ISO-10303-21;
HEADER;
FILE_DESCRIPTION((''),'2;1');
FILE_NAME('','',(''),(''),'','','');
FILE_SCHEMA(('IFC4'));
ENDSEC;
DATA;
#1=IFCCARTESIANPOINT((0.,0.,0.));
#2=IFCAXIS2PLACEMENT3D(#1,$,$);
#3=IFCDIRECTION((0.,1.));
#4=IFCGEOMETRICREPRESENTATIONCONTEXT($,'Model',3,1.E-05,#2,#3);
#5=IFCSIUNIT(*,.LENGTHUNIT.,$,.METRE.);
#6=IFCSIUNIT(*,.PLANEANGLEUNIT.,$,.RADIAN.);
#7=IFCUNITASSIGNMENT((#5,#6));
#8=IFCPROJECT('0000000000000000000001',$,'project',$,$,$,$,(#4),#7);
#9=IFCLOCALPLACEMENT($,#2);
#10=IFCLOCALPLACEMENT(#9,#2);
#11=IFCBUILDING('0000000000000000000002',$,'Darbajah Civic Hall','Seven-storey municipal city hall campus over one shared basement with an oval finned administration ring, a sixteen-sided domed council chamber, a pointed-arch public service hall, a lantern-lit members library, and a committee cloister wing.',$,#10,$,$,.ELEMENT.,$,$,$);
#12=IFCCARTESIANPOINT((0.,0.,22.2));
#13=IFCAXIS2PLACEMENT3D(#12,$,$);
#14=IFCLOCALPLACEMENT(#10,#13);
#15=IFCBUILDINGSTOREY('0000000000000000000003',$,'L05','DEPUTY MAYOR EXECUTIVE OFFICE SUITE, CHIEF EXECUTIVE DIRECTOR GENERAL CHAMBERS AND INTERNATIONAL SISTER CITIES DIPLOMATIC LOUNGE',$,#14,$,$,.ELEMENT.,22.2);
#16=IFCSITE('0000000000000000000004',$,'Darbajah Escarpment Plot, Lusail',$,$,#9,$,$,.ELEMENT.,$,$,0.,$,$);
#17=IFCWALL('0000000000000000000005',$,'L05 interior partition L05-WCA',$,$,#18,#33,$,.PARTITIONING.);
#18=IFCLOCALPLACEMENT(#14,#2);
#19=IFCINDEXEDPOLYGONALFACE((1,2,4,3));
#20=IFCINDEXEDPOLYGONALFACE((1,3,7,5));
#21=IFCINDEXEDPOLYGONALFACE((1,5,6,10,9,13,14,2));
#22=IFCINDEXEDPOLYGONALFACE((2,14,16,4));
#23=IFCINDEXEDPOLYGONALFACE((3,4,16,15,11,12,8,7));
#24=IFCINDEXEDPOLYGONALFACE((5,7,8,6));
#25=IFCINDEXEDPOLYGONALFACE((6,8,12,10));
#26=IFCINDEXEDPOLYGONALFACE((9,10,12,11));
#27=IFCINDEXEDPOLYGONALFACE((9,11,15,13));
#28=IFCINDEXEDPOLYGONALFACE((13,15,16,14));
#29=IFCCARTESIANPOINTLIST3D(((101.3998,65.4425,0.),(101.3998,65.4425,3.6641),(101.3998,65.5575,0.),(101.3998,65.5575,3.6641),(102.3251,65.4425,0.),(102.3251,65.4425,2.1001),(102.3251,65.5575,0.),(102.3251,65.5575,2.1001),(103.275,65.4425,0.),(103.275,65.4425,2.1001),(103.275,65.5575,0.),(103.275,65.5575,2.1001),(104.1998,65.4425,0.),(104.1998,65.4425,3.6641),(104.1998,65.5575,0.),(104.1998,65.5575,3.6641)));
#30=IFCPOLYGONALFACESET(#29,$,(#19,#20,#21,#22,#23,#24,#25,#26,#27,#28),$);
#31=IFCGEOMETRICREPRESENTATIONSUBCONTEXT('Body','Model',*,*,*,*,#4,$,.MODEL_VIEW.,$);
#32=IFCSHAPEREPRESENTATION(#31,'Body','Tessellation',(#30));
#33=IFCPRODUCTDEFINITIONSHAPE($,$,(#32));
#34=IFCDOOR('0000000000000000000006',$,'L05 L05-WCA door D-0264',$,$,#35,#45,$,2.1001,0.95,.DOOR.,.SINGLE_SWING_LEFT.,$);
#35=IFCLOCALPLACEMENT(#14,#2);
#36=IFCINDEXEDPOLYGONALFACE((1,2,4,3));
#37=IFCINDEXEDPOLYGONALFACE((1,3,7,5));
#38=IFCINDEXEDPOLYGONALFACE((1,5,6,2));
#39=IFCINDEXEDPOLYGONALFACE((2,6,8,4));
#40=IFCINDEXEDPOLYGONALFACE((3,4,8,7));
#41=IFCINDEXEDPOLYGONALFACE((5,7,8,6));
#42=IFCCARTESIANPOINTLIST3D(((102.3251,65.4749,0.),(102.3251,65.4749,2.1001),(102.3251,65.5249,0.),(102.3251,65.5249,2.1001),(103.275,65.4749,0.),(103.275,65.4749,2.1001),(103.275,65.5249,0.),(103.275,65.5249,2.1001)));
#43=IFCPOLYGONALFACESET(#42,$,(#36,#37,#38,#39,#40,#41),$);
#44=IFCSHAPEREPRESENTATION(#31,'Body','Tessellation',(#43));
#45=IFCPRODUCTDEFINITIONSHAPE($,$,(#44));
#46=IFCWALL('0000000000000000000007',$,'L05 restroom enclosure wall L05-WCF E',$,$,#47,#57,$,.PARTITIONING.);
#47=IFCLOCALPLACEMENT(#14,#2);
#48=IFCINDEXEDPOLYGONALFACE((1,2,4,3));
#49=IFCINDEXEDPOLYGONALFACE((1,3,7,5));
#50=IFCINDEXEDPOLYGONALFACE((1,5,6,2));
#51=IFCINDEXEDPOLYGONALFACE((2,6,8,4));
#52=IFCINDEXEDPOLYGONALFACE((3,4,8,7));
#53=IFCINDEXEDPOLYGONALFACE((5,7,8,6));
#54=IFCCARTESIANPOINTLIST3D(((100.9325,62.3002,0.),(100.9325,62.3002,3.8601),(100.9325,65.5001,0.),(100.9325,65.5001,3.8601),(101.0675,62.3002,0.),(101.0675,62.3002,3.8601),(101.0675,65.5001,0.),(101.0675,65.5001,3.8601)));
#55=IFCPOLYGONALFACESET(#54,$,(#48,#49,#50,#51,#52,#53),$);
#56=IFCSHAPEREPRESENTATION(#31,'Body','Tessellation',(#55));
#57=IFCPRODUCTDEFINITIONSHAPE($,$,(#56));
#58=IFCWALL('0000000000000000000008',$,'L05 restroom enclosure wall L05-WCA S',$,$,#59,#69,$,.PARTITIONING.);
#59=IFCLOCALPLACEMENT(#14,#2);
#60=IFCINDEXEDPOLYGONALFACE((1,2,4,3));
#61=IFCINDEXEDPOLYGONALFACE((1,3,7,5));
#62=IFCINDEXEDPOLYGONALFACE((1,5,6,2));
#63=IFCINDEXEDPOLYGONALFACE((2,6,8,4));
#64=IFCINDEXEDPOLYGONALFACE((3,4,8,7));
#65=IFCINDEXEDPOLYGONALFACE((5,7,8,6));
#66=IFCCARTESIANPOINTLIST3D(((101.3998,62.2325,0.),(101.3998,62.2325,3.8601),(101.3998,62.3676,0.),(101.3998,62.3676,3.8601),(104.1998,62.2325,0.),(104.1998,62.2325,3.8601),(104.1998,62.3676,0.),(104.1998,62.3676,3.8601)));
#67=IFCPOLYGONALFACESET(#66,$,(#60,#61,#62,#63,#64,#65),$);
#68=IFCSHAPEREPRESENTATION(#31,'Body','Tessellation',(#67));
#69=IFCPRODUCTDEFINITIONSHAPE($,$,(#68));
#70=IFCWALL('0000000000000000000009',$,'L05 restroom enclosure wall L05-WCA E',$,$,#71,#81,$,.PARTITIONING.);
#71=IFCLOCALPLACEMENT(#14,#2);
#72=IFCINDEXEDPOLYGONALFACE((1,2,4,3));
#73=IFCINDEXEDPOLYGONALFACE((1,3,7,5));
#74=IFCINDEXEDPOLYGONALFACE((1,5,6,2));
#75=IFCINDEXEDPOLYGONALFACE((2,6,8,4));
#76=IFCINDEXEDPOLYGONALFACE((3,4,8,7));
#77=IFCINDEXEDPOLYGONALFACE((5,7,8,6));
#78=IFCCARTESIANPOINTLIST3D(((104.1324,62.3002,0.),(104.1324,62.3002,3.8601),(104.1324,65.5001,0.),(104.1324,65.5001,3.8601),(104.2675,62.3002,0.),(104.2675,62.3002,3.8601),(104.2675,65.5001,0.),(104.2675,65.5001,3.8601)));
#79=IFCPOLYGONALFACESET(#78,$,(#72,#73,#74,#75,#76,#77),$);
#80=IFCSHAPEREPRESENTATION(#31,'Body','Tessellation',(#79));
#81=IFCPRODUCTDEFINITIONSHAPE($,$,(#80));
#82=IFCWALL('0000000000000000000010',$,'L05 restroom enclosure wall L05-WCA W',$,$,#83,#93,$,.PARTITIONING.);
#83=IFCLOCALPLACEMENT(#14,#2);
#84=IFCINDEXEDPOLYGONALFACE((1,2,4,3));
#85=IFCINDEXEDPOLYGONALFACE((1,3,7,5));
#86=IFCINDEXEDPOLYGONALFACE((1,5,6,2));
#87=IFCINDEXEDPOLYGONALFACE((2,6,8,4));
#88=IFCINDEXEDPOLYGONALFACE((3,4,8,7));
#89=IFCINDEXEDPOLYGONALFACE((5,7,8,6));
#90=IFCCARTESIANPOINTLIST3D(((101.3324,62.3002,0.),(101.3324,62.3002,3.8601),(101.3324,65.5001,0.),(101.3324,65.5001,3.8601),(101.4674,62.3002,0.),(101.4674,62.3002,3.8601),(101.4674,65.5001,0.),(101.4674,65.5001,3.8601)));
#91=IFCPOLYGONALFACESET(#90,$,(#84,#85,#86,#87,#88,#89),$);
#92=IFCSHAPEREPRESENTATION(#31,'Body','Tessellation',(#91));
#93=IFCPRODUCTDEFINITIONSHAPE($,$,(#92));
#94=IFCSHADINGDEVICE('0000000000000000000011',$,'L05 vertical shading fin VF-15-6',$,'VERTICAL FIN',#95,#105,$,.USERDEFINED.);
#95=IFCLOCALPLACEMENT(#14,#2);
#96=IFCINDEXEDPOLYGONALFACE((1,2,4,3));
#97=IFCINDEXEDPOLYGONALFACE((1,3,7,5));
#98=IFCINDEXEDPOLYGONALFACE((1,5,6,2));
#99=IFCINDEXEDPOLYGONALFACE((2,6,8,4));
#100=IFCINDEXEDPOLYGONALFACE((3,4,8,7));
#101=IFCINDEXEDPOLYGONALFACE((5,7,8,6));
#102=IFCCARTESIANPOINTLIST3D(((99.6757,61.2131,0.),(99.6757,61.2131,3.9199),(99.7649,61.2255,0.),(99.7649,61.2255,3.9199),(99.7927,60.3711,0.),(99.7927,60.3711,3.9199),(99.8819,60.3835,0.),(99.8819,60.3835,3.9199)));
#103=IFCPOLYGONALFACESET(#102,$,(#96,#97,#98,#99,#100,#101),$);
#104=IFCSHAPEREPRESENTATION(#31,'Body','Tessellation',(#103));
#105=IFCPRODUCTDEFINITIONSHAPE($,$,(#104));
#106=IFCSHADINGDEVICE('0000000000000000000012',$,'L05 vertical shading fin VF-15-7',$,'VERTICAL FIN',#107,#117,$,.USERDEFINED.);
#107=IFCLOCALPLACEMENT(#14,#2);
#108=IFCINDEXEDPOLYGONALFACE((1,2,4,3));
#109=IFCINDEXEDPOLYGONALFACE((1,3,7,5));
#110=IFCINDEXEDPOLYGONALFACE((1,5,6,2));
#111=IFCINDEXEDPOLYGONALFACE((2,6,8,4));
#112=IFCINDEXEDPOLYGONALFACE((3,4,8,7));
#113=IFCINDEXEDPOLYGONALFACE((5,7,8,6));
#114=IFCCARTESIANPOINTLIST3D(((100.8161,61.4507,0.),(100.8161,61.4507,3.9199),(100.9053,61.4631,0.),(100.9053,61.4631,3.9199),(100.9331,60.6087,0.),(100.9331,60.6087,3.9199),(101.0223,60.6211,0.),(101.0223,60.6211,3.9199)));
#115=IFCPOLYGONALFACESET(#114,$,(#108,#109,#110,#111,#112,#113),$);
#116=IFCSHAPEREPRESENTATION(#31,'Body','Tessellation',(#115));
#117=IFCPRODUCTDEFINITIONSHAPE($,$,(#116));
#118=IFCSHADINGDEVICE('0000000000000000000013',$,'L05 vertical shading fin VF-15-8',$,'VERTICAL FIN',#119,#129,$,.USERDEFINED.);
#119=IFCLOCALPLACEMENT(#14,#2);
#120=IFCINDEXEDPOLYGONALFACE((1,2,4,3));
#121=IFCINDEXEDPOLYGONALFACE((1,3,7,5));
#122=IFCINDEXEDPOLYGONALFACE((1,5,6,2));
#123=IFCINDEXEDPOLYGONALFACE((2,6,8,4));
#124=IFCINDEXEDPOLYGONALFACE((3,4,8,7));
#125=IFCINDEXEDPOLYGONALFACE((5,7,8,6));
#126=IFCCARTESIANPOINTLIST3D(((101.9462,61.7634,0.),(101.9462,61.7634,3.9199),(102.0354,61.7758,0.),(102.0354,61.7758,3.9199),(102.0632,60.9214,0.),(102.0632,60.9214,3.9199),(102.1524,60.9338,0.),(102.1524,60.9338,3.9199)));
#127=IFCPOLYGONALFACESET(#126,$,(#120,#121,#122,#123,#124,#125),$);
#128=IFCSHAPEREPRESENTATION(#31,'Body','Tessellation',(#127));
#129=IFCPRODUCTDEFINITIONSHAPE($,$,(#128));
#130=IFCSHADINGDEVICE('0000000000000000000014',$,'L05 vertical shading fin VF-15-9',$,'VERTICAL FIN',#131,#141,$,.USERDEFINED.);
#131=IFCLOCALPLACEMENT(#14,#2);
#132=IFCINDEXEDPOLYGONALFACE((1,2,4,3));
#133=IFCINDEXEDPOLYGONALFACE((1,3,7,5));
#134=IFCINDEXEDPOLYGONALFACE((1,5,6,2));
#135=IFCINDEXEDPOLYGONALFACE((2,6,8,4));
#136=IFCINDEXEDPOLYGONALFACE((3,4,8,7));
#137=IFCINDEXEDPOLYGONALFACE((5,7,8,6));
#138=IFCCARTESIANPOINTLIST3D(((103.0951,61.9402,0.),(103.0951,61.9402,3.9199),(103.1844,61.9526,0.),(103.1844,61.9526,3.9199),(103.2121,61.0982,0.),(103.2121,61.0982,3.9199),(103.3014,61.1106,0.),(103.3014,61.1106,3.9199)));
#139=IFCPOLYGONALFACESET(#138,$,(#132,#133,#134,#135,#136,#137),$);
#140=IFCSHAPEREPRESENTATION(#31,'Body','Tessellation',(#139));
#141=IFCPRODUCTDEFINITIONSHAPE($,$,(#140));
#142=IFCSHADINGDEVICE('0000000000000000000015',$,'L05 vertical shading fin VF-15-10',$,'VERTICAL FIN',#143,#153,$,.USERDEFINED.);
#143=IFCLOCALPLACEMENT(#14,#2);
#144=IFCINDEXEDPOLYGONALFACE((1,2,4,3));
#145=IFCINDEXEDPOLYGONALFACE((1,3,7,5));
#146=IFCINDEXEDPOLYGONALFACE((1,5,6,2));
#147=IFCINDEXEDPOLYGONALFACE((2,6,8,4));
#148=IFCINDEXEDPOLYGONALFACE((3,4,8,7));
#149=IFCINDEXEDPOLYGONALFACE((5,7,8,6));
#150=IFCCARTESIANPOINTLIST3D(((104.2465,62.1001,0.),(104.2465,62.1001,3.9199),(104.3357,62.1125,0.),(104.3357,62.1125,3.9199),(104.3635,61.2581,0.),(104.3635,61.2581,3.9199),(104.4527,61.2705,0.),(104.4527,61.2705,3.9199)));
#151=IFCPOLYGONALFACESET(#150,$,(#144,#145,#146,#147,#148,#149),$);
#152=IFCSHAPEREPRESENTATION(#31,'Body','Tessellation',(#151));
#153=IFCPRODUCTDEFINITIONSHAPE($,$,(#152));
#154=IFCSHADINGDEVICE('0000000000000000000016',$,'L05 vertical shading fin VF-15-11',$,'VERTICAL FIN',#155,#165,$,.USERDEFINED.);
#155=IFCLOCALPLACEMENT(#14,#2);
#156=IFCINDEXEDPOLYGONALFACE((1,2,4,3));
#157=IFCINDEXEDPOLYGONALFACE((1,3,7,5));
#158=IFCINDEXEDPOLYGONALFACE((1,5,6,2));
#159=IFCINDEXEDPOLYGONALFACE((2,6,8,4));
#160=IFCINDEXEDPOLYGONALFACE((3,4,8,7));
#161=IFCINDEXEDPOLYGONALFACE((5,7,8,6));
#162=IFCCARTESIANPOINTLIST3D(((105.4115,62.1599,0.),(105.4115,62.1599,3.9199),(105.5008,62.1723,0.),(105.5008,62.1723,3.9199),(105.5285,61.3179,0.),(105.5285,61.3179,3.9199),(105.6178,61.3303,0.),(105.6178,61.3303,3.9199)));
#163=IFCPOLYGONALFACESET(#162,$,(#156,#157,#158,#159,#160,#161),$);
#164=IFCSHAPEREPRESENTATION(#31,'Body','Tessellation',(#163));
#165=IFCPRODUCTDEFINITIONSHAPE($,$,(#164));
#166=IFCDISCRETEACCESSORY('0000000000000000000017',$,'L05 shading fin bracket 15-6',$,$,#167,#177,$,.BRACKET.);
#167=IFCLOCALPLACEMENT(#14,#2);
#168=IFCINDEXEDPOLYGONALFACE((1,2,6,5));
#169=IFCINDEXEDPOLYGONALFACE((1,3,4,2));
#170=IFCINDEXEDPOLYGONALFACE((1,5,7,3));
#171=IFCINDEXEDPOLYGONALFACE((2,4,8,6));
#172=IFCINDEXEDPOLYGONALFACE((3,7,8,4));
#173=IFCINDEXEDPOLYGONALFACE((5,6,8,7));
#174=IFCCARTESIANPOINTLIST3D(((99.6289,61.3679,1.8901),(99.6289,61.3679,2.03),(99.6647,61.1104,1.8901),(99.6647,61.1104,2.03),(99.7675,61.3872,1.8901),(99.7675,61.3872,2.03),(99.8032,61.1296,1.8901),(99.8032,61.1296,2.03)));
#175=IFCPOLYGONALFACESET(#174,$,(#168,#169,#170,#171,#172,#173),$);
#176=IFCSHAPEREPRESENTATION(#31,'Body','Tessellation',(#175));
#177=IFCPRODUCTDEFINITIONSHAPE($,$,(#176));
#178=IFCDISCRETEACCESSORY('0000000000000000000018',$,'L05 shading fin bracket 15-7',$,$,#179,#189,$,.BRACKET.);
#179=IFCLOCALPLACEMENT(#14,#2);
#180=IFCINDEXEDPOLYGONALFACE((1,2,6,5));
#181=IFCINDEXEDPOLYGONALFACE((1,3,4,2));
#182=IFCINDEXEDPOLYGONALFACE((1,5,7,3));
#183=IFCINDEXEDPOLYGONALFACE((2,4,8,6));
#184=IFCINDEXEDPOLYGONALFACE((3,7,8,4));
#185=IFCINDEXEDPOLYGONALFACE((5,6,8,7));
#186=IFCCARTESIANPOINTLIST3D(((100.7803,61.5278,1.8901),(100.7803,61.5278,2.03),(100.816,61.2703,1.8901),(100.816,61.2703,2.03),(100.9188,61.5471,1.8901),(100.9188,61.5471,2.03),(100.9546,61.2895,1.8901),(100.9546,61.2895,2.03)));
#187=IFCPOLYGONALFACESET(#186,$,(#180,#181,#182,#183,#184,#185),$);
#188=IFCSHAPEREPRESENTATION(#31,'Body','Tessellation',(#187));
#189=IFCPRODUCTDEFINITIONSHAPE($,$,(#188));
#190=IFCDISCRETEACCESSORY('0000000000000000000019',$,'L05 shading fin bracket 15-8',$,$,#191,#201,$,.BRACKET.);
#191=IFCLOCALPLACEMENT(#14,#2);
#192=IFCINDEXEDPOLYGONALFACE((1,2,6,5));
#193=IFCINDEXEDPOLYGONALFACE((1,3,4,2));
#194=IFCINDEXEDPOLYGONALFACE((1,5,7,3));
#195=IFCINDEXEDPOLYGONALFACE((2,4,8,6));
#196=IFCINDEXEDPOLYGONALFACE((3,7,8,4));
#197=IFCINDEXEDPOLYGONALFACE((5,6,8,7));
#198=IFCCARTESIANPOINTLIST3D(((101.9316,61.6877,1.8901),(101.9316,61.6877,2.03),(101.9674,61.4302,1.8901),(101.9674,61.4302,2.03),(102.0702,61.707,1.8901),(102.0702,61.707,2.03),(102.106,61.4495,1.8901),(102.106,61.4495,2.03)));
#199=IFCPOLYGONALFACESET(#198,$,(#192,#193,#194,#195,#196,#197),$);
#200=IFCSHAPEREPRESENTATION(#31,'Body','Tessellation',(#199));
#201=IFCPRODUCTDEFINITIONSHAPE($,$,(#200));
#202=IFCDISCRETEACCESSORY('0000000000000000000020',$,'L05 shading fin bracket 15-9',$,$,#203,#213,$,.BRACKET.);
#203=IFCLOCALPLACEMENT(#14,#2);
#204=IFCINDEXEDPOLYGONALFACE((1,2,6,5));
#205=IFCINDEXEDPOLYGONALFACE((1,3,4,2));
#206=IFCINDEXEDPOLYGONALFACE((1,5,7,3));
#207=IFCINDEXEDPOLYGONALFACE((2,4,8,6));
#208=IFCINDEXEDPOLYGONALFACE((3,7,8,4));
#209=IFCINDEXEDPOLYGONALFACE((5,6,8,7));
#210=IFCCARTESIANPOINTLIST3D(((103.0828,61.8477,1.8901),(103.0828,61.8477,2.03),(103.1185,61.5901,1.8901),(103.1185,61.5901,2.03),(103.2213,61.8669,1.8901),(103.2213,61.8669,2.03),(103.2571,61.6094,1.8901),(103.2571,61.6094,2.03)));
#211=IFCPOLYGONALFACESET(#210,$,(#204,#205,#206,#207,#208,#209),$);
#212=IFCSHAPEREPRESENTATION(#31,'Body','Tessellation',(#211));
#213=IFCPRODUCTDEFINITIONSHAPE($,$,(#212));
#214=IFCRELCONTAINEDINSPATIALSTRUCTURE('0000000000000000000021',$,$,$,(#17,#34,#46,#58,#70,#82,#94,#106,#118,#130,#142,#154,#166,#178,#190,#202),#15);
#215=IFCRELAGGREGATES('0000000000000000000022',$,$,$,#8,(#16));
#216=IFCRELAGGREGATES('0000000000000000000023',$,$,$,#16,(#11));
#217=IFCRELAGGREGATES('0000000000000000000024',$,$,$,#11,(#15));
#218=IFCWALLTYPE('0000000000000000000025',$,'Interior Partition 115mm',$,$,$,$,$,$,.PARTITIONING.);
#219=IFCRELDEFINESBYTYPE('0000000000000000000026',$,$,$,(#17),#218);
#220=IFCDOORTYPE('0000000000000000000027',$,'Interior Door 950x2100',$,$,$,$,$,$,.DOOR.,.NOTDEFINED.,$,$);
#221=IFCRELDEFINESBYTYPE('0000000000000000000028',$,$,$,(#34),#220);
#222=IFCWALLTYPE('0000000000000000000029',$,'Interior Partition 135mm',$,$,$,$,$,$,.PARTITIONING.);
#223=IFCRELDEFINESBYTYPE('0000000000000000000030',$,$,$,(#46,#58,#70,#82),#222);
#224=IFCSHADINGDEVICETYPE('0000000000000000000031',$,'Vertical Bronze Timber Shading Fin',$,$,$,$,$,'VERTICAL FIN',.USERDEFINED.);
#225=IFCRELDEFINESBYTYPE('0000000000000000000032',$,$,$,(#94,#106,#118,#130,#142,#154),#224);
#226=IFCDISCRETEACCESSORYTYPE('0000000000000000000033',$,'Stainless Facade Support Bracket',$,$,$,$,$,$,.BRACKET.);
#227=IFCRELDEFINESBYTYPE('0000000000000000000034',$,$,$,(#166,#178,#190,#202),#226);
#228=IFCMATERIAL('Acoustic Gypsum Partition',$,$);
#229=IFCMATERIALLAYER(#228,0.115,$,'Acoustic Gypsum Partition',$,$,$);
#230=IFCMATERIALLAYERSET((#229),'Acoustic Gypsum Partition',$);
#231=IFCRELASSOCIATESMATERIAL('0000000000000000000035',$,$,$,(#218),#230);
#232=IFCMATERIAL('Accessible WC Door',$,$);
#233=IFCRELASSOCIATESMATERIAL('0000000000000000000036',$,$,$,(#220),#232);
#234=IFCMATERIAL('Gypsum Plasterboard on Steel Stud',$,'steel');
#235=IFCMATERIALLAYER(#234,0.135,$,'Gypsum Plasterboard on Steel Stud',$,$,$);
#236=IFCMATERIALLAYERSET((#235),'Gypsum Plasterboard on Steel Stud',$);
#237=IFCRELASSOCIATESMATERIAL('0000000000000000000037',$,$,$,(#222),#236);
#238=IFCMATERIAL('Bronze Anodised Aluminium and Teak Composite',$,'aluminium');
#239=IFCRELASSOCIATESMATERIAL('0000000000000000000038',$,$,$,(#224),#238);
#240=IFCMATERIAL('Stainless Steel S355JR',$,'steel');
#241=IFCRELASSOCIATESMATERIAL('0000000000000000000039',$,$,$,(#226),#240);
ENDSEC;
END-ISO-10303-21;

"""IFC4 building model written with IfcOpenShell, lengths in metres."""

from ifc_helpers import new_model, si_unit, direction, frame, frame_2d, origin, origin_2d, place, context, subcontext, project, spatial, rectangle, extrude, material, layer, layer_set, type_object, element, fill, save


model = new_model("IFC4")

# Units and contexts
model_context = context("Model", 3, precision=1e-05, world=origin(), true_north=direction((0.0, 1.0)))
body_context = subcontext(model_context, "Body", "Model", "MODEL_VIEW")
ifc_project = project(units=[si_unit("LENGTHUNIT", "METRE"), si_unit("PLANEANGLEUNIT", "RADIAN")], contexts=[model_context])

# Site, building, storey
site_placement = place(None, origin())
site = spatial("IfcSite", under=ifc_project, at=site_placement, Name="Darbajah Escarpment Plot, Lusail", CompositionType="ELEMENT", RefElevation=0.0)
building_placement = place(site_placement, origin())
building = spatial("IfcBuilding", under=site, at=building_placement, Name="Darbajah Civic Hall", Description="Seven-storey municipal city hall campus over one shared basement with an oval finned administration ring, a sixteen-sided domed council chamber, a pointed-arch public service hall, a lantern-lit members library, and a committee cloister wing.", CompositionType="ELEMENT")
storey_placement = place(building_placement, frame((0.0, 0.0, 22.2)))
storey = spatial("IfcBuildingStorey", under=building, at=storey_placement, Name="L05", Description="DEPUTY MAYOR EXECUTIVE OFFICE SUITE, CHIEF EXECUTIVE DIRECTOR GENERAL CHAMBERS AND INTERNATIONAL SISTER CITIES DIPLOMATIC LOUNGE", CompositionType="ELEMENT", Elevation=22.2)

# Wall, opening, door
ifc_material_1 = material(Name="Acoustic Gypsum Partition")
ifc_layer_1 = layer(ifc_material_1, 0.115, Name="Acoustic Gypsum Partition")
ifc_layer_set_1 = layer_set([ifc_layer_1], Name="Acoustic Gypsum Partition")
wall_type_1 = type_object("IfcWallType", Name="Interior Partition 115mm", PredefinedType="PARTITIONING", material=ifc_layer_set_1)
wall_1_placement = place(storey_placement, frame((101.3999, 65.5, 0.0), z_axis=(0.0, 0.0, 1.0), x_axis=(1.0, 0.0, 0.0)))
wall_1 = element("IfcWall", 1, at=wall_1_placement, inside=storey, type_object=wall_type_1, Name="L05 interior partition L05-WCA", PredefinedType="PARTITIONING", context=body_context, shape_type="SweptSolid", body=[
    extrude(rectangle(XDim=2.8, YDim=0.115, at=frame_2d((1.3999, 0.0))), origin(), (0.0, 0.0, 1.0), 3.6641),
])
opening_placement = place(wall_1_placement, frame((0.925, 0.0, 0.0)))
opening = element("IfcOpeningElement", 2, at=opening_placement, cuts=wall_1, PredefinedType="OPENING", context=body_context, shape_type="SweptSolid", body=[
    extrude(rectangle(XDim=0.95, YDim=2.1001, at=frame_2d((0.4751, 1.05))), frame((0.0, 0.0674, 0.0), z_axis=(0.0, -1.0, 0.0), x_axis=(1.0, 0.0, 0.0)), (0.0, 0.0, 1.0), 0.135),
])
ifc_material_2 = material(Name="Accessible WC Door")
door_type = type_object("IfcDoorType", Name="Interior Door 950x2100", OperationType="NOTDEFINED", PredefinedType="DOOR", material=ifc_material_2)
door_placement = place(opening_placement, origin())
door = element("IfcDoor", 3, at=door_placement, inside=storey, type_object=door_type, Name="L05 L05-WCA door D-0264", OperationType="SINGLE_SWING_LEFT", OverallHeight=2.1001, OverallWidth=0.95, PredefinedType="DOOR", context=body_context, shape_type="SweptSolid", body=[
    extrude(rectangle(XDim=0.95, YDim=2.1001, at=frame_2d((0.4751, 1.05))), frame((0.0, 0.0249, 0.0), z_axis=(0.0, -1.0, 0.0), x_axis=(1.0, 0.0, 0.0)), (0.0, 0.0, 1.0), 0.05),
])
fill(opening, door)

# Walls
ifc_material_3 = material(Name="Gypsum Plasterboard on Steel Stud", Category="steel")
ifc_layer_2 = layer(ifc_material_3, 0.135, Name="Gypsum Plasterboard on Steel Stud")
ifc_layer_set_2 = layer_set([ifc_layer_2], Name="Gypsum Plasterboard on Steel Stud")
wall_type_2 = type_object("IfcWallType", Name="Interior Partition 135mm", PredefinedType="PARTITIONING", material=ifc_layer_set_2)
wall_2_placement = place(storey_placement, frame((101.0, 62.3, 0.0), z_axis=(0.0, 0.0, 1.0), x_axis=(0.0, 1.0, 0.0)))
element("IfcWall", 4, at=wall_2_placement, inside=storey, type_object=wall_type_2, Name="L05 restroom enclosure wall L05-WCF E", PredefinedType="PARTITIONING", context=body_context, shape_type="SweptSolid", body=[
    extrude(rectangle(XDim=3.2, YDim=0.135, at=frame_2d((1.6001, 0.0))), origin(), (0.0, 0.0, 1.0), 3.8601),
])
wall_3_placement = place(storey_placement, frame((101.3999, 62.3, 0.0), z_axis=(0.0, 0.0, 1.0), x_axis=(1.0, 0.0, 0.0)))
element("IfcWall", 5, at=wall_3_placement, inside=storey, type_object=wall_type_2, Name="L05 restroom enclosure wall L05-WCA S", PredefinedType="PARTITIONING", context=body_context, shape_type="SweptSolid", body=[
    extrude(rectangle(XDim=2.8, YDim=0.135, at=frame_2d((1.3999, 0.0))), origin(), (0.0, 0.0, 1.0), 3.8601),
])
for number, where, z_axis, x_axis, name in (
    (6, (104.2, 62.3, 0.0), (0.0, 0.0, 1.0), (0.0, 1.0, 0.0), "L05 restroom enclosure wall L05-WCA E"),
    (7, (101.3999, 62.3, 0.0), (0.0, 0.0, 1.0), (0.0, 1.0, 0.0), "L05 restroom enclosure wall L05-WCA W"),
):
    element("IfcWall", number, at=place(storey_placement, frame(where, z_axis=z_axis, x_axis=x_axis)), inside=storey, type_object=wall_type_2, Name=name, PredefinedType="PARTITIONING", context=body_context, shape_type="SweptSolid", body=[
        extrude(rectangle(XDim=3.2, YDim=0.135, at=frame_2d((1.6001, 0.0))), origin(), (0.0, 0.0, 1.0), 3.8601),
    ])

# Shading devices
ifc_material_4 = material(Name="Bronze Anodised Aluminium and Teak Composite", Category="aluminium")
shading_device_type = type_object("IfcShadingDeviceType", Name="Vertical Bronze Timber Shading Fin", ElementType="VERTICAL FIN", PredefinedType="USERDEFINED", material=ifc_material_4)
for number, where, z_axis, x_axis, name in (
    (8, (99.7788, 60.7983, 0.0), (0.0, 0.0, 1.0), (0.137617, -0.990485, 0.0), "L05 vertical shading fin VF-15-6"),
    (9, (100.9192, 61.0359, 0.0), (0.0, 0.0, 1.0), (0.137617, -0.990485, 0.0), "L05 vertical shading fin VF-15-7"),
    (10, (102.0493, 61.3486, 0.0), (0.0, 0.0, 1.0), (0.137617, -0.990485, 0.0), "L05 vertical shading fin VF-15-8"),
    (11, (103.1982, 61.5254, 0.0), (0.0, 0.0, 1.0), (0.137617, -0.990485, 0.0), "L05 vertical shading fin VF-15-9"),
    (12, (104.3496, 61.6853, 0.0), (0.0, 0.0, 1.0), (0.137617, -0.990485, 0.0), "L05 vertical shading fin VF-15-10"),
    (13, (105.5146, 61.7451, 0.0), (0.0, 0.0, 1.0), (0.137617, -0.990485, 0.0), "L05 vertical shading fin VF-15-11"),
):
    element("IfcShadingDevice", number, at=place(storey_placement, frame(where, z_axis=z_axis, x_axis=x_axis)), inside=storey, type_object=shading_device_type, Name=name, ObjectType="VERTICAL FIN", PredefinedType="USERDEFINED", context=body_context, shape_type="SweptSolid", body=[
        extrude(rectangle(XDim=0.8501, YDim=0.0901, at=origin_2d()), origin(), (0.0, 0.0, 1.0), 3.9199),
    ])

# Discrete accessories
ifc_material_5 = material(Name="Stainless Steel S355JR", Category="steel")
discrete_accessory_type = type_object("IfcDiscreteAccessoryType", Name="Stainless Facade Support Bracket", PredefinedType="BRACKET", material=ifc_material_5)
for number, where, z_axis, x_axis, name in (
    (14, (99.7161, 61.2488, 1.8901), (0.0, 0.0, 1.0), (0.137617, -0.990485, 0.0), "L05 shading fin bracket 15-6"),
    (15, (100.8674, 61.4087, 1.8901), (0.0, 0.0, 1.0), (0.137617, -0.990485, 0.0), "L05 shading fin bracket 15-7"),
    (16, (102.0188, 61.5686, 1.8901), (0.0, 0.0, 1.0), (0.137617, -0.990485, 0.0), "L05 shading fin bracket 15-8"),
    (17, (103.1699, 61.7285, 1.8901), (0.0, 0.0, 1.0), (0.137617, -0.990485, 0.0), "L05 shading fin bracket 15-9"),
):
    element("IfcDiscreteAccessory", number, at=place(storey_placement, frame(where, z_axis=z_axis, x_axis=x_axis)), inside=storey, type_object=discrete_accessory_type, Name=name, PredefinedType="BRACKET", context=body_context, shape_type="SweptSolid", body=[
        extrude(rectangle(XDim=0.26, YDim=0.1399, at=origin_2d()), origin(), (0.0, 0.0, 1.0), 0.1399),
    ])

save(model, "model.ifc")
